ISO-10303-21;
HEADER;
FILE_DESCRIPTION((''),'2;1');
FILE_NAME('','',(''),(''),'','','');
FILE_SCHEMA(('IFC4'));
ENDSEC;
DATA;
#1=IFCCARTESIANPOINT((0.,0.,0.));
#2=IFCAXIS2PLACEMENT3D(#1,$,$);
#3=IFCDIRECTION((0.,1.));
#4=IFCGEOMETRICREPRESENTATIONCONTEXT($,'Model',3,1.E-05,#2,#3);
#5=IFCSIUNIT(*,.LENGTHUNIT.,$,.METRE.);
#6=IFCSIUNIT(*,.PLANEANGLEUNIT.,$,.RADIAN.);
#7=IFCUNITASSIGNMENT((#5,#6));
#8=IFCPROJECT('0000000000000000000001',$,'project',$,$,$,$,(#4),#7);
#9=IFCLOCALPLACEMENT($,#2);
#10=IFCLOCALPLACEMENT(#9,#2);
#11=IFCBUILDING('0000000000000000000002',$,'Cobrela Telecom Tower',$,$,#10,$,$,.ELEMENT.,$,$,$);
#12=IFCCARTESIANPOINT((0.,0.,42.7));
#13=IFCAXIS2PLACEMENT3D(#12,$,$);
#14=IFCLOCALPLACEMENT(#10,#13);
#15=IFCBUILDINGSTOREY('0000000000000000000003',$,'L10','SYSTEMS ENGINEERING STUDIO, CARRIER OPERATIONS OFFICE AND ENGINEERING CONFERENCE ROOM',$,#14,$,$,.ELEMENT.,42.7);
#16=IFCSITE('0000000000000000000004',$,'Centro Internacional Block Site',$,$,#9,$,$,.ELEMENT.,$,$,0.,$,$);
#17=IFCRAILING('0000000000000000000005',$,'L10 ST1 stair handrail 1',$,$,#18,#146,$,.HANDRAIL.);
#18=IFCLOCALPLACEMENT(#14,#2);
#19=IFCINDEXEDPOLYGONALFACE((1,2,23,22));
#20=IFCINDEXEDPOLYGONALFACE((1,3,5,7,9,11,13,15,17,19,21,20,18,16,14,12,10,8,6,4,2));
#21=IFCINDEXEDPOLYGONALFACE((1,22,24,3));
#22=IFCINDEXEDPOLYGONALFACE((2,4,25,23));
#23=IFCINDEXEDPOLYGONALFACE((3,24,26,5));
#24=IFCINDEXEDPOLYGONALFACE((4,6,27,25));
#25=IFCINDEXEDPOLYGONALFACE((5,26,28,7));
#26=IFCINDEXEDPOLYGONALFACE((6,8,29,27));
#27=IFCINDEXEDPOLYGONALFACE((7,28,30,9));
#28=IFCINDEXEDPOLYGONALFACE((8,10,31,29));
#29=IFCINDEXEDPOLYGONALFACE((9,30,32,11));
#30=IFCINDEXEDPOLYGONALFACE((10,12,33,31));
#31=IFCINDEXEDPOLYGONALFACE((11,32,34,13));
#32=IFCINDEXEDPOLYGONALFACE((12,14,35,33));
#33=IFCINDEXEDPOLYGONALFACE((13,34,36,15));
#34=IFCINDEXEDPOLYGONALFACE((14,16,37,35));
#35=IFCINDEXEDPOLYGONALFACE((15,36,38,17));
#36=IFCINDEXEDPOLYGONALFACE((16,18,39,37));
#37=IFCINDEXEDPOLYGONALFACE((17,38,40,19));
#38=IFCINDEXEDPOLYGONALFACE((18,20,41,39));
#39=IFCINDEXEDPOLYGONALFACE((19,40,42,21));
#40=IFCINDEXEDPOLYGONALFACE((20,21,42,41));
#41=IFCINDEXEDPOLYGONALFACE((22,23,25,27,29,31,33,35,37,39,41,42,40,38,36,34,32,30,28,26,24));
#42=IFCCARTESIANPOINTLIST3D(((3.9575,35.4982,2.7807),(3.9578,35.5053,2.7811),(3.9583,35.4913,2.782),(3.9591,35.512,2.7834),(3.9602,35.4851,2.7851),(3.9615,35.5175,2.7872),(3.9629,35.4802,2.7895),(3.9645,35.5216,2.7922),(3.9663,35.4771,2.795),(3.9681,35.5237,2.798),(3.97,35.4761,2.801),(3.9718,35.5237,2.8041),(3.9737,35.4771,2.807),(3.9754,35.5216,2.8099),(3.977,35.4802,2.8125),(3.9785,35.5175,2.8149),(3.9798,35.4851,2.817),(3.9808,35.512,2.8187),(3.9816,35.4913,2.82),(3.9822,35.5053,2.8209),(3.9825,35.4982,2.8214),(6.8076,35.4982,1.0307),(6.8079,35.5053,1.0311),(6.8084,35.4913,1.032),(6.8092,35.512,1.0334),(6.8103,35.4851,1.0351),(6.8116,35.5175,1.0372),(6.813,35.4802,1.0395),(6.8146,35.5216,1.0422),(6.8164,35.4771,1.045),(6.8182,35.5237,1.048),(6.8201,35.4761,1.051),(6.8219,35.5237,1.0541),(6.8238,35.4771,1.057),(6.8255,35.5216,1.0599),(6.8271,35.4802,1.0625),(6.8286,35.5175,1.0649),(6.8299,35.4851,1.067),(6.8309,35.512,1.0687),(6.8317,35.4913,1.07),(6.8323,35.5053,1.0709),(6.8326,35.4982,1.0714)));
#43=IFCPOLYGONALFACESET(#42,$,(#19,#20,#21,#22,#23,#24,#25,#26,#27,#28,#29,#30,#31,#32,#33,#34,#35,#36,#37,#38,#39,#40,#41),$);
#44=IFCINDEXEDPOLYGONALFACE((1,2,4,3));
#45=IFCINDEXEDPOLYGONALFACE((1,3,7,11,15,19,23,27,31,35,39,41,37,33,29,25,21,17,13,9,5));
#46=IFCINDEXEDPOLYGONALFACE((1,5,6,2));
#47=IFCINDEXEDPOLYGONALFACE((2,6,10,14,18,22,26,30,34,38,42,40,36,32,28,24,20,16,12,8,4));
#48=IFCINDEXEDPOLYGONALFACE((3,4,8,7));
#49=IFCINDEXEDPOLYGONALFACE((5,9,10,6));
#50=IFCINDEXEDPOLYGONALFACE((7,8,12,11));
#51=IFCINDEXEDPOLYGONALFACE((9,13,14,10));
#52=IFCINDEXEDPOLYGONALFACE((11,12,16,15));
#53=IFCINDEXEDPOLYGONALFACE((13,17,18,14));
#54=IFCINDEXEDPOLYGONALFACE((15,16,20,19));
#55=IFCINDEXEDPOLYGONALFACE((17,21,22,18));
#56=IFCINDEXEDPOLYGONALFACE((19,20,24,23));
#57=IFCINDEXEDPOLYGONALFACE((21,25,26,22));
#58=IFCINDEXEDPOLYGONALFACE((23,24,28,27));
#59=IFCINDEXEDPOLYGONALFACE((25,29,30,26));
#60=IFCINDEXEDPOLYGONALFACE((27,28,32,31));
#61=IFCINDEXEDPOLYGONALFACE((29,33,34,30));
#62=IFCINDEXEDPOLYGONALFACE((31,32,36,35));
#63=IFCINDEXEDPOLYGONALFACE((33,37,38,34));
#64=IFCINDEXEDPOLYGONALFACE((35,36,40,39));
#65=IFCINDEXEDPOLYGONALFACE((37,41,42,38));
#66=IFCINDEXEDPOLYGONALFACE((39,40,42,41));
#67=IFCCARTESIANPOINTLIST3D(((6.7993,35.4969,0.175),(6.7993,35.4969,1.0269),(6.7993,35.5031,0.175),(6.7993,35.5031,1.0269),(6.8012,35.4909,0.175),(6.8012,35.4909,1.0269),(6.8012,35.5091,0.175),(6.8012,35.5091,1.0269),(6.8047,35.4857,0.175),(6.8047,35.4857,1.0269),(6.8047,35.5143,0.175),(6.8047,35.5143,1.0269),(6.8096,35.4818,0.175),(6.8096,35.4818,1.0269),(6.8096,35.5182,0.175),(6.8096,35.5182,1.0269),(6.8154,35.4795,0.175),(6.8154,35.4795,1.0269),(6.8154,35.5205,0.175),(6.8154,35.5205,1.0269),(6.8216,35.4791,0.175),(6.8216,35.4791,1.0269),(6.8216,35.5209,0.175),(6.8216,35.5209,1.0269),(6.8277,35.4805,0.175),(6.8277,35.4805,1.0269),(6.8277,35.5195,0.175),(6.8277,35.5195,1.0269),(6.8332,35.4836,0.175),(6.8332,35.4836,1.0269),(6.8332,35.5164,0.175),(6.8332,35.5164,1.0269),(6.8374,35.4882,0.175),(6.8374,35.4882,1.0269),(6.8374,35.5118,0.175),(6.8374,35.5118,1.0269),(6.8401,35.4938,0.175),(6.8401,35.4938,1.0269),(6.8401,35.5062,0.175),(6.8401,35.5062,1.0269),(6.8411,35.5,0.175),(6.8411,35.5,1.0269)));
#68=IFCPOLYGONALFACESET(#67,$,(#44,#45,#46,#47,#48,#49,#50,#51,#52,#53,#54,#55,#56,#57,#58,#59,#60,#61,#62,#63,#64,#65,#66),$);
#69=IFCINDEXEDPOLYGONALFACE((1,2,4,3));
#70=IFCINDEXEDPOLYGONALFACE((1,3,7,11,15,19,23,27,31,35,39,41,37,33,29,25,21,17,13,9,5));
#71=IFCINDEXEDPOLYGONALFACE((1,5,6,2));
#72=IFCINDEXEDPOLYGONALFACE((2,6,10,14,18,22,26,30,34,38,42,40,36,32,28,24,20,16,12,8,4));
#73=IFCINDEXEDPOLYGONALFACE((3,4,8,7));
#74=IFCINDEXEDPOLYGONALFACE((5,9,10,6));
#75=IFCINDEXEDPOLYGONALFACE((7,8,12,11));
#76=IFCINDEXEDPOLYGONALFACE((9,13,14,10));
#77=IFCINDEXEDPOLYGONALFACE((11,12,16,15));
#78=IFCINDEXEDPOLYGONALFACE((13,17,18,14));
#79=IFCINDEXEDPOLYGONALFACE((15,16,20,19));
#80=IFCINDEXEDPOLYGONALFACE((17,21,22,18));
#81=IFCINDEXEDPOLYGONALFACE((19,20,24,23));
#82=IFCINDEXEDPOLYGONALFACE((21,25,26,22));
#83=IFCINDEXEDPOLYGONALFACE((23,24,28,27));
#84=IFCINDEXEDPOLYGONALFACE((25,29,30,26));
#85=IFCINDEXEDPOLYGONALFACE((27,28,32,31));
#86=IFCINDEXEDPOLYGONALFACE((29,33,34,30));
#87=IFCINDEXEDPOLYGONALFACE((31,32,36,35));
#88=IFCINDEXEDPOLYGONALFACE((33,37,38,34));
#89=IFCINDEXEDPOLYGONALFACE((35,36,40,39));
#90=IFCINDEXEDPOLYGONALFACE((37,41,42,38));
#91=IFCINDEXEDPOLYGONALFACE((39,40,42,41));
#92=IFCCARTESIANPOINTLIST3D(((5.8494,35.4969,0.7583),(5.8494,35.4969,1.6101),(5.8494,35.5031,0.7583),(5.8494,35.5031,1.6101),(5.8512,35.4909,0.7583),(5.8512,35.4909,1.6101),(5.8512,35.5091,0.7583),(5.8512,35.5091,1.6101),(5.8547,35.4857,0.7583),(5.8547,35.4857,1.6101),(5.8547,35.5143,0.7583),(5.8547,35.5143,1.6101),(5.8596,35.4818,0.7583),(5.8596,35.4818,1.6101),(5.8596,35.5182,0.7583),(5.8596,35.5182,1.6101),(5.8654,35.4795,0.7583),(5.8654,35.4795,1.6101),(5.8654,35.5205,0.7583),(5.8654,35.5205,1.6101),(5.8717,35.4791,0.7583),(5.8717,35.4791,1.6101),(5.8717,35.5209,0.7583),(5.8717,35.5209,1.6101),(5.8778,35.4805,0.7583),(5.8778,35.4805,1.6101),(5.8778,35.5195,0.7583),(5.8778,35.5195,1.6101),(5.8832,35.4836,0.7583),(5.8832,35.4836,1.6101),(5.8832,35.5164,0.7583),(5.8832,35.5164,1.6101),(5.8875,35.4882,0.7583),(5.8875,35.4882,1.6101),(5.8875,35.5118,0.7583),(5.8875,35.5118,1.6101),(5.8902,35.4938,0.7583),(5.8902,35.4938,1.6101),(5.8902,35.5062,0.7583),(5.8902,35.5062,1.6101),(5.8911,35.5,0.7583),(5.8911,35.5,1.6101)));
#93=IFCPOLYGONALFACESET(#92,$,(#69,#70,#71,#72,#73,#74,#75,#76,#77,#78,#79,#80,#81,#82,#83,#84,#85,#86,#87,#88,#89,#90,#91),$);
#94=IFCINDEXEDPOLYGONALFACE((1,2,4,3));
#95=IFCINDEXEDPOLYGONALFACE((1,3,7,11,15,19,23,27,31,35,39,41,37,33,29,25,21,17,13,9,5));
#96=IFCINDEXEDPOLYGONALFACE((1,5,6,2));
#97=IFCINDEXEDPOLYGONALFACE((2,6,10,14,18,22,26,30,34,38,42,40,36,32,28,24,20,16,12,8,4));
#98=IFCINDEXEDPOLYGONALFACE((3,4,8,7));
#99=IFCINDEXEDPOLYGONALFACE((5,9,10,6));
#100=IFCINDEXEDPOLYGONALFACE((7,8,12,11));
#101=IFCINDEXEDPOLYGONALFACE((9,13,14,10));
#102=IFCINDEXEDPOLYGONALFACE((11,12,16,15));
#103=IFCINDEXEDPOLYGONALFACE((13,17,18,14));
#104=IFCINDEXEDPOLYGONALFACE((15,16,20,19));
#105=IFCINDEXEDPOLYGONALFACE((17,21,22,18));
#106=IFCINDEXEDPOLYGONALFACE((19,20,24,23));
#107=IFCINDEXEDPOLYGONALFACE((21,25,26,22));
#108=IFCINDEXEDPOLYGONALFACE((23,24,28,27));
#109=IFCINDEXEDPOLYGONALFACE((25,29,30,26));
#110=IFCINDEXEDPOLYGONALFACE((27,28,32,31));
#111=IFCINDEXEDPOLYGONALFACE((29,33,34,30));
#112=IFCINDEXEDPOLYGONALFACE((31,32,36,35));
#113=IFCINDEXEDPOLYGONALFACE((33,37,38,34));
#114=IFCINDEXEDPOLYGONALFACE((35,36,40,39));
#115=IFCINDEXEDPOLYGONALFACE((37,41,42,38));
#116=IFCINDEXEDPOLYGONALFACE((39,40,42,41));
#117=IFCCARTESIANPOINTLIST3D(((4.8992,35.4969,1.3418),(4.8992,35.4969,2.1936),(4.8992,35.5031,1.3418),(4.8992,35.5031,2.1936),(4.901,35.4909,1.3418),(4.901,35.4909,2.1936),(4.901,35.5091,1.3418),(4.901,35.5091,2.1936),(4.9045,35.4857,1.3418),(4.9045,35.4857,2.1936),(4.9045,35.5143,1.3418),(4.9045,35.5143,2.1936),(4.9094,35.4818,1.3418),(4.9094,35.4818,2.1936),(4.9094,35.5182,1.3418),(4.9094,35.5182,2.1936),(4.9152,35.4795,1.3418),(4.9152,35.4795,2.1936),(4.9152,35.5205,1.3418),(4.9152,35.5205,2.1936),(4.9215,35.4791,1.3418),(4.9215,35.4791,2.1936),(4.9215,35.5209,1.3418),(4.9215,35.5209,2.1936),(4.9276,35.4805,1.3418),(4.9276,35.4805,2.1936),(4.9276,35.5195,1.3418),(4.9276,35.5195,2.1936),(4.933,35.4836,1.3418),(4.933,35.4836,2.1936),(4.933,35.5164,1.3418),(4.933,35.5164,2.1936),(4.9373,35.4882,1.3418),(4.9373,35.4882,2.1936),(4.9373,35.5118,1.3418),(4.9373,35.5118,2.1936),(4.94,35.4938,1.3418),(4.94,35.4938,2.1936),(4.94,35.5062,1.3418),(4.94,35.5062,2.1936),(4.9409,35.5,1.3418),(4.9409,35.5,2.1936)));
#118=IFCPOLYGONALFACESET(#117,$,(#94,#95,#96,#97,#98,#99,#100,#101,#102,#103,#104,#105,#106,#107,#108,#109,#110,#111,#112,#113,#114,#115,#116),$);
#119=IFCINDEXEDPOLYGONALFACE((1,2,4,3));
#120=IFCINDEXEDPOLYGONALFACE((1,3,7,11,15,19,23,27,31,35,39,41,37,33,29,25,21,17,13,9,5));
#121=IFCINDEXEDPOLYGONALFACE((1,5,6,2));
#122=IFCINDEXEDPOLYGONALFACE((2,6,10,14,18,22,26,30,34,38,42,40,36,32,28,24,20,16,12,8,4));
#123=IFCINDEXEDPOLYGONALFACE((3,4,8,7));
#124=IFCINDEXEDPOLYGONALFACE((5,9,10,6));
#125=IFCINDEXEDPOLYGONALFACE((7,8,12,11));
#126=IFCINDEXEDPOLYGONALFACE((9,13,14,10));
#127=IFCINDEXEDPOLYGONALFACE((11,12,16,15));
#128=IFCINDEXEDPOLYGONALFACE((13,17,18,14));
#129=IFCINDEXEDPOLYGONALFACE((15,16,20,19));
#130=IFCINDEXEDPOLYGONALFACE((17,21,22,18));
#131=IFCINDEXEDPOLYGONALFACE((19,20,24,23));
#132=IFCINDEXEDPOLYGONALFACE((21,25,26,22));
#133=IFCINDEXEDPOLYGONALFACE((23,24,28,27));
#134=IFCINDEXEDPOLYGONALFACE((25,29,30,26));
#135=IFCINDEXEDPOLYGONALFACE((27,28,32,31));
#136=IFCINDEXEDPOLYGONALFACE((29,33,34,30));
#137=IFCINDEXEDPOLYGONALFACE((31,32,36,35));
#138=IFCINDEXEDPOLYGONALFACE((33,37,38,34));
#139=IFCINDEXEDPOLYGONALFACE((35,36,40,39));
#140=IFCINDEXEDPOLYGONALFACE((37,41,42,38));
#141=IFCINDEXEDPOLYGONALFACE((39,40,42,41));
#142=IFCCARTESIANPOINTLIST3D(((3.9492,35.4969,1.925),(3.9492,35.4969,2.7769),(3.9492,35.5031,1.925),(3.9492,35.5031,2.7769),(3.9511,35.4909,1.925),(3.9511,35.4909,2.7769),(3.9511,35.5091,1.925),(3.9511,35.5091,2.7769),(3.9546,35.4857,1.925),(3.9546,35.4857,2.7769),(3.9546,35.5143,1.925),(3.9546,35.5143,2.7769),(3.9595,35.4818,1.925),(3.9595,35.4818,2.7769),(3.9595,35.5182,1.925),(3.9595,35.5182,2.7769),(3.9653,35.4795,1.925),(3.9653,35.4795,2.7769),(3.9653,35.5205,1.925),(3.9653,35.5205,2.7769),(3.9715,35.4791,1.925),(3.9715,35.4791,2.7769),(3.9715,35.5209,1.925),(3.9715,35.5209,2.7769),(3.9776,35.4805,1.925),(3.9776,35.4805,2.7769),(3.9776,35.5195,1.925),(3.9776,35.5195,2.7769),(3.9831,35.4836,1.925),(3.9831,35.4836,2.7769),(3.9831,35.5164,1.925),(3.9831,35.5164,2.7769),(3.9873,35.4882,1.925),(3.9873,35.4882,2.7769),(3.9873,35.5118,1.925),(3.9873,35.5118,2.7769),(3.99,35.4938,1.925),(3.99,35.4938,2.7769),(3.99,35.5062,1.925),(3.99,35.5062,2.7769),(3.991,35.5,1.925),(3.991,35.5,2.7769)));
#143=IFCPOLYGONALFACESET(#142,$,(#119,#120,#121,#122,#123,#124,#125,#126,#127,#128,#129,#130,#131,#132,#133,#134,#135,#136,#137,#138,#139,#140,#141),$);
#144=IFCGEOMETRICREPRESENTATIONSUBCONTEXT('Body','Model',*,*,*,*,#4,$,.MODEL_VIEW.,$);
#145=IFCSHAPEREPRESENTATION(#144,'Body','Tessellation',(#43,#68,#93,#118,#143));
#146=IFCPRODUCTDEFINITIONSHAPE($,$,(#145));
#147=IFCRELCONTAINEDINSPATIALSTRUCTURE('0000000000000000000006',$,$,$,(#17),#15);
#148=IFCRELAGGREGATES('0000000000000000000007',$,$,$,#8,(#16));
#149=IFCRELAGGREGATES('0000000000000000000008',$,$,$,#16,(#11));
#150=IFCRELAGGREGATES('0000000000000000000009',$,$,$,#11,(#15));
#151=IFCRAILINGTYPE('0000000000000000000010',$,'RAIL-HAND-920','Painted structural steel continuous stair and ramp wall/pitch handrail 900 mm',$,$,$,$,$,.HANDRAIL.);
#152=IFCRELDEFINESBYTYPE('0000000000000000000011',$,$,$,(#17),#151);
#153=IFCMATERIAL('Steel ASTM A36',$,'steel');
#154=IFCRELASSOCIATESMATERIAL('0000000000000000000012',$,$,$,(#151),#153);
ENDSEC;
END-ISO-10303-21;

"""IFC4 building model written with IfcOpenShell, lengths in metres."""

from ifc_helpers import new_model, si_unit, direction, frame, origin, origin_2d, place, context, subcontext, project, spatial, circle, extrude, material, type_object, element, save


model = new_model("IFC4")

# Units and contexts
model_context = context("Model", 3, precision=1e-05, world=origin(), true_north=direction((0.0, 1.0)))
body_context = subcontext(model_context, "Body", "Model", "MODEL_VIEW")
ifc_project = project(units=[si_unit("LENGTHUNIT", "METRE"), si_unit("PLANEANGLEUNIT", "RADIAN")], contexts=[model_context])

# Site, building, storey
site_placement = place(None, origin())
site = spatial("IfcSite", under=ifc_project, at=site_placement, Name="Centro Internacional Block Site", CompositionType="ELEMENT", RefElevation=0.0)
building_placement = place(site_placement, origin())
building = spatial("IfcBuilding", under=site, at=building_placement, Name="Cobrela Telecom Tower", CompositionType="ELEMENT")
storey_placement = place(building_placement, frame((0.0, 0.0, 42.7)))
storey = spatial("IfcBuildingStorey", under=building, at=storey_placement, Name="L10", Description="SYSTEMS ENGINEERING STUDIO, CARRIER OPERATIONS OFFICE AND ENGINEERING CONFERENCE ROOM", CompositionType="ELEMENT", Elevation=42.7)

# Shared definitions
ifc_material_1 = material(Name="Steel ASTM A36", Category="steel")

# Railing
railing_type_1 = type_object("IfcRailingType", Name="RAIL-HAND-920", Description="Painted structural steel continuous stair and ramp wall/pitch handrail 900 mm", PredefinedType="HANDRAIL", material=ifc_material_1)
railing_1_placement = place(storey_placement, frame((6.8201, 35.5, 0.175)))
element("IfcRailing", 1, at=railing_1_placement, inside=storey, type_object=railing_type_1, Name="L10 ST1 stair handrail 1", PredefinedType="HANDRAIL", context=body_context, shape_type="SweptSolid", body=[
    extrude(circle(Radius=0.0239, at=origin_2d()), frame((0.0, 0.0, 0.876), z_axis=(-0.852179, 0.0, 0.52325), x_axis=(0.0, -1.0, 0.0)), (0.0, 0.0, 1.0), 3.3445),
    extrude(circle(Radius=0.021, at=origin_2d()), origin(), (0.0, 0.0, 1.0), 0.8518),
    extrude(circle(Radius=0.021, at=origin_2d()), frame((-0.95, 0.0, 0.5833)), (0.0, 0.0, 1.0), 0.8518),
    extrude(circle(Radius=0.021, at=origin_2d()), frame((-1.9001, 0.0, 1.1667)), (0.0, 0.0, 1.0), 0.8518),
    extrude(circle(Radius=0.021, at=origin_2d()), frame((-2.8501, 0.0, 1.75)), (0.0, 0.0, 1.0), 0.8518),
])

save(model, "model.ifc")
